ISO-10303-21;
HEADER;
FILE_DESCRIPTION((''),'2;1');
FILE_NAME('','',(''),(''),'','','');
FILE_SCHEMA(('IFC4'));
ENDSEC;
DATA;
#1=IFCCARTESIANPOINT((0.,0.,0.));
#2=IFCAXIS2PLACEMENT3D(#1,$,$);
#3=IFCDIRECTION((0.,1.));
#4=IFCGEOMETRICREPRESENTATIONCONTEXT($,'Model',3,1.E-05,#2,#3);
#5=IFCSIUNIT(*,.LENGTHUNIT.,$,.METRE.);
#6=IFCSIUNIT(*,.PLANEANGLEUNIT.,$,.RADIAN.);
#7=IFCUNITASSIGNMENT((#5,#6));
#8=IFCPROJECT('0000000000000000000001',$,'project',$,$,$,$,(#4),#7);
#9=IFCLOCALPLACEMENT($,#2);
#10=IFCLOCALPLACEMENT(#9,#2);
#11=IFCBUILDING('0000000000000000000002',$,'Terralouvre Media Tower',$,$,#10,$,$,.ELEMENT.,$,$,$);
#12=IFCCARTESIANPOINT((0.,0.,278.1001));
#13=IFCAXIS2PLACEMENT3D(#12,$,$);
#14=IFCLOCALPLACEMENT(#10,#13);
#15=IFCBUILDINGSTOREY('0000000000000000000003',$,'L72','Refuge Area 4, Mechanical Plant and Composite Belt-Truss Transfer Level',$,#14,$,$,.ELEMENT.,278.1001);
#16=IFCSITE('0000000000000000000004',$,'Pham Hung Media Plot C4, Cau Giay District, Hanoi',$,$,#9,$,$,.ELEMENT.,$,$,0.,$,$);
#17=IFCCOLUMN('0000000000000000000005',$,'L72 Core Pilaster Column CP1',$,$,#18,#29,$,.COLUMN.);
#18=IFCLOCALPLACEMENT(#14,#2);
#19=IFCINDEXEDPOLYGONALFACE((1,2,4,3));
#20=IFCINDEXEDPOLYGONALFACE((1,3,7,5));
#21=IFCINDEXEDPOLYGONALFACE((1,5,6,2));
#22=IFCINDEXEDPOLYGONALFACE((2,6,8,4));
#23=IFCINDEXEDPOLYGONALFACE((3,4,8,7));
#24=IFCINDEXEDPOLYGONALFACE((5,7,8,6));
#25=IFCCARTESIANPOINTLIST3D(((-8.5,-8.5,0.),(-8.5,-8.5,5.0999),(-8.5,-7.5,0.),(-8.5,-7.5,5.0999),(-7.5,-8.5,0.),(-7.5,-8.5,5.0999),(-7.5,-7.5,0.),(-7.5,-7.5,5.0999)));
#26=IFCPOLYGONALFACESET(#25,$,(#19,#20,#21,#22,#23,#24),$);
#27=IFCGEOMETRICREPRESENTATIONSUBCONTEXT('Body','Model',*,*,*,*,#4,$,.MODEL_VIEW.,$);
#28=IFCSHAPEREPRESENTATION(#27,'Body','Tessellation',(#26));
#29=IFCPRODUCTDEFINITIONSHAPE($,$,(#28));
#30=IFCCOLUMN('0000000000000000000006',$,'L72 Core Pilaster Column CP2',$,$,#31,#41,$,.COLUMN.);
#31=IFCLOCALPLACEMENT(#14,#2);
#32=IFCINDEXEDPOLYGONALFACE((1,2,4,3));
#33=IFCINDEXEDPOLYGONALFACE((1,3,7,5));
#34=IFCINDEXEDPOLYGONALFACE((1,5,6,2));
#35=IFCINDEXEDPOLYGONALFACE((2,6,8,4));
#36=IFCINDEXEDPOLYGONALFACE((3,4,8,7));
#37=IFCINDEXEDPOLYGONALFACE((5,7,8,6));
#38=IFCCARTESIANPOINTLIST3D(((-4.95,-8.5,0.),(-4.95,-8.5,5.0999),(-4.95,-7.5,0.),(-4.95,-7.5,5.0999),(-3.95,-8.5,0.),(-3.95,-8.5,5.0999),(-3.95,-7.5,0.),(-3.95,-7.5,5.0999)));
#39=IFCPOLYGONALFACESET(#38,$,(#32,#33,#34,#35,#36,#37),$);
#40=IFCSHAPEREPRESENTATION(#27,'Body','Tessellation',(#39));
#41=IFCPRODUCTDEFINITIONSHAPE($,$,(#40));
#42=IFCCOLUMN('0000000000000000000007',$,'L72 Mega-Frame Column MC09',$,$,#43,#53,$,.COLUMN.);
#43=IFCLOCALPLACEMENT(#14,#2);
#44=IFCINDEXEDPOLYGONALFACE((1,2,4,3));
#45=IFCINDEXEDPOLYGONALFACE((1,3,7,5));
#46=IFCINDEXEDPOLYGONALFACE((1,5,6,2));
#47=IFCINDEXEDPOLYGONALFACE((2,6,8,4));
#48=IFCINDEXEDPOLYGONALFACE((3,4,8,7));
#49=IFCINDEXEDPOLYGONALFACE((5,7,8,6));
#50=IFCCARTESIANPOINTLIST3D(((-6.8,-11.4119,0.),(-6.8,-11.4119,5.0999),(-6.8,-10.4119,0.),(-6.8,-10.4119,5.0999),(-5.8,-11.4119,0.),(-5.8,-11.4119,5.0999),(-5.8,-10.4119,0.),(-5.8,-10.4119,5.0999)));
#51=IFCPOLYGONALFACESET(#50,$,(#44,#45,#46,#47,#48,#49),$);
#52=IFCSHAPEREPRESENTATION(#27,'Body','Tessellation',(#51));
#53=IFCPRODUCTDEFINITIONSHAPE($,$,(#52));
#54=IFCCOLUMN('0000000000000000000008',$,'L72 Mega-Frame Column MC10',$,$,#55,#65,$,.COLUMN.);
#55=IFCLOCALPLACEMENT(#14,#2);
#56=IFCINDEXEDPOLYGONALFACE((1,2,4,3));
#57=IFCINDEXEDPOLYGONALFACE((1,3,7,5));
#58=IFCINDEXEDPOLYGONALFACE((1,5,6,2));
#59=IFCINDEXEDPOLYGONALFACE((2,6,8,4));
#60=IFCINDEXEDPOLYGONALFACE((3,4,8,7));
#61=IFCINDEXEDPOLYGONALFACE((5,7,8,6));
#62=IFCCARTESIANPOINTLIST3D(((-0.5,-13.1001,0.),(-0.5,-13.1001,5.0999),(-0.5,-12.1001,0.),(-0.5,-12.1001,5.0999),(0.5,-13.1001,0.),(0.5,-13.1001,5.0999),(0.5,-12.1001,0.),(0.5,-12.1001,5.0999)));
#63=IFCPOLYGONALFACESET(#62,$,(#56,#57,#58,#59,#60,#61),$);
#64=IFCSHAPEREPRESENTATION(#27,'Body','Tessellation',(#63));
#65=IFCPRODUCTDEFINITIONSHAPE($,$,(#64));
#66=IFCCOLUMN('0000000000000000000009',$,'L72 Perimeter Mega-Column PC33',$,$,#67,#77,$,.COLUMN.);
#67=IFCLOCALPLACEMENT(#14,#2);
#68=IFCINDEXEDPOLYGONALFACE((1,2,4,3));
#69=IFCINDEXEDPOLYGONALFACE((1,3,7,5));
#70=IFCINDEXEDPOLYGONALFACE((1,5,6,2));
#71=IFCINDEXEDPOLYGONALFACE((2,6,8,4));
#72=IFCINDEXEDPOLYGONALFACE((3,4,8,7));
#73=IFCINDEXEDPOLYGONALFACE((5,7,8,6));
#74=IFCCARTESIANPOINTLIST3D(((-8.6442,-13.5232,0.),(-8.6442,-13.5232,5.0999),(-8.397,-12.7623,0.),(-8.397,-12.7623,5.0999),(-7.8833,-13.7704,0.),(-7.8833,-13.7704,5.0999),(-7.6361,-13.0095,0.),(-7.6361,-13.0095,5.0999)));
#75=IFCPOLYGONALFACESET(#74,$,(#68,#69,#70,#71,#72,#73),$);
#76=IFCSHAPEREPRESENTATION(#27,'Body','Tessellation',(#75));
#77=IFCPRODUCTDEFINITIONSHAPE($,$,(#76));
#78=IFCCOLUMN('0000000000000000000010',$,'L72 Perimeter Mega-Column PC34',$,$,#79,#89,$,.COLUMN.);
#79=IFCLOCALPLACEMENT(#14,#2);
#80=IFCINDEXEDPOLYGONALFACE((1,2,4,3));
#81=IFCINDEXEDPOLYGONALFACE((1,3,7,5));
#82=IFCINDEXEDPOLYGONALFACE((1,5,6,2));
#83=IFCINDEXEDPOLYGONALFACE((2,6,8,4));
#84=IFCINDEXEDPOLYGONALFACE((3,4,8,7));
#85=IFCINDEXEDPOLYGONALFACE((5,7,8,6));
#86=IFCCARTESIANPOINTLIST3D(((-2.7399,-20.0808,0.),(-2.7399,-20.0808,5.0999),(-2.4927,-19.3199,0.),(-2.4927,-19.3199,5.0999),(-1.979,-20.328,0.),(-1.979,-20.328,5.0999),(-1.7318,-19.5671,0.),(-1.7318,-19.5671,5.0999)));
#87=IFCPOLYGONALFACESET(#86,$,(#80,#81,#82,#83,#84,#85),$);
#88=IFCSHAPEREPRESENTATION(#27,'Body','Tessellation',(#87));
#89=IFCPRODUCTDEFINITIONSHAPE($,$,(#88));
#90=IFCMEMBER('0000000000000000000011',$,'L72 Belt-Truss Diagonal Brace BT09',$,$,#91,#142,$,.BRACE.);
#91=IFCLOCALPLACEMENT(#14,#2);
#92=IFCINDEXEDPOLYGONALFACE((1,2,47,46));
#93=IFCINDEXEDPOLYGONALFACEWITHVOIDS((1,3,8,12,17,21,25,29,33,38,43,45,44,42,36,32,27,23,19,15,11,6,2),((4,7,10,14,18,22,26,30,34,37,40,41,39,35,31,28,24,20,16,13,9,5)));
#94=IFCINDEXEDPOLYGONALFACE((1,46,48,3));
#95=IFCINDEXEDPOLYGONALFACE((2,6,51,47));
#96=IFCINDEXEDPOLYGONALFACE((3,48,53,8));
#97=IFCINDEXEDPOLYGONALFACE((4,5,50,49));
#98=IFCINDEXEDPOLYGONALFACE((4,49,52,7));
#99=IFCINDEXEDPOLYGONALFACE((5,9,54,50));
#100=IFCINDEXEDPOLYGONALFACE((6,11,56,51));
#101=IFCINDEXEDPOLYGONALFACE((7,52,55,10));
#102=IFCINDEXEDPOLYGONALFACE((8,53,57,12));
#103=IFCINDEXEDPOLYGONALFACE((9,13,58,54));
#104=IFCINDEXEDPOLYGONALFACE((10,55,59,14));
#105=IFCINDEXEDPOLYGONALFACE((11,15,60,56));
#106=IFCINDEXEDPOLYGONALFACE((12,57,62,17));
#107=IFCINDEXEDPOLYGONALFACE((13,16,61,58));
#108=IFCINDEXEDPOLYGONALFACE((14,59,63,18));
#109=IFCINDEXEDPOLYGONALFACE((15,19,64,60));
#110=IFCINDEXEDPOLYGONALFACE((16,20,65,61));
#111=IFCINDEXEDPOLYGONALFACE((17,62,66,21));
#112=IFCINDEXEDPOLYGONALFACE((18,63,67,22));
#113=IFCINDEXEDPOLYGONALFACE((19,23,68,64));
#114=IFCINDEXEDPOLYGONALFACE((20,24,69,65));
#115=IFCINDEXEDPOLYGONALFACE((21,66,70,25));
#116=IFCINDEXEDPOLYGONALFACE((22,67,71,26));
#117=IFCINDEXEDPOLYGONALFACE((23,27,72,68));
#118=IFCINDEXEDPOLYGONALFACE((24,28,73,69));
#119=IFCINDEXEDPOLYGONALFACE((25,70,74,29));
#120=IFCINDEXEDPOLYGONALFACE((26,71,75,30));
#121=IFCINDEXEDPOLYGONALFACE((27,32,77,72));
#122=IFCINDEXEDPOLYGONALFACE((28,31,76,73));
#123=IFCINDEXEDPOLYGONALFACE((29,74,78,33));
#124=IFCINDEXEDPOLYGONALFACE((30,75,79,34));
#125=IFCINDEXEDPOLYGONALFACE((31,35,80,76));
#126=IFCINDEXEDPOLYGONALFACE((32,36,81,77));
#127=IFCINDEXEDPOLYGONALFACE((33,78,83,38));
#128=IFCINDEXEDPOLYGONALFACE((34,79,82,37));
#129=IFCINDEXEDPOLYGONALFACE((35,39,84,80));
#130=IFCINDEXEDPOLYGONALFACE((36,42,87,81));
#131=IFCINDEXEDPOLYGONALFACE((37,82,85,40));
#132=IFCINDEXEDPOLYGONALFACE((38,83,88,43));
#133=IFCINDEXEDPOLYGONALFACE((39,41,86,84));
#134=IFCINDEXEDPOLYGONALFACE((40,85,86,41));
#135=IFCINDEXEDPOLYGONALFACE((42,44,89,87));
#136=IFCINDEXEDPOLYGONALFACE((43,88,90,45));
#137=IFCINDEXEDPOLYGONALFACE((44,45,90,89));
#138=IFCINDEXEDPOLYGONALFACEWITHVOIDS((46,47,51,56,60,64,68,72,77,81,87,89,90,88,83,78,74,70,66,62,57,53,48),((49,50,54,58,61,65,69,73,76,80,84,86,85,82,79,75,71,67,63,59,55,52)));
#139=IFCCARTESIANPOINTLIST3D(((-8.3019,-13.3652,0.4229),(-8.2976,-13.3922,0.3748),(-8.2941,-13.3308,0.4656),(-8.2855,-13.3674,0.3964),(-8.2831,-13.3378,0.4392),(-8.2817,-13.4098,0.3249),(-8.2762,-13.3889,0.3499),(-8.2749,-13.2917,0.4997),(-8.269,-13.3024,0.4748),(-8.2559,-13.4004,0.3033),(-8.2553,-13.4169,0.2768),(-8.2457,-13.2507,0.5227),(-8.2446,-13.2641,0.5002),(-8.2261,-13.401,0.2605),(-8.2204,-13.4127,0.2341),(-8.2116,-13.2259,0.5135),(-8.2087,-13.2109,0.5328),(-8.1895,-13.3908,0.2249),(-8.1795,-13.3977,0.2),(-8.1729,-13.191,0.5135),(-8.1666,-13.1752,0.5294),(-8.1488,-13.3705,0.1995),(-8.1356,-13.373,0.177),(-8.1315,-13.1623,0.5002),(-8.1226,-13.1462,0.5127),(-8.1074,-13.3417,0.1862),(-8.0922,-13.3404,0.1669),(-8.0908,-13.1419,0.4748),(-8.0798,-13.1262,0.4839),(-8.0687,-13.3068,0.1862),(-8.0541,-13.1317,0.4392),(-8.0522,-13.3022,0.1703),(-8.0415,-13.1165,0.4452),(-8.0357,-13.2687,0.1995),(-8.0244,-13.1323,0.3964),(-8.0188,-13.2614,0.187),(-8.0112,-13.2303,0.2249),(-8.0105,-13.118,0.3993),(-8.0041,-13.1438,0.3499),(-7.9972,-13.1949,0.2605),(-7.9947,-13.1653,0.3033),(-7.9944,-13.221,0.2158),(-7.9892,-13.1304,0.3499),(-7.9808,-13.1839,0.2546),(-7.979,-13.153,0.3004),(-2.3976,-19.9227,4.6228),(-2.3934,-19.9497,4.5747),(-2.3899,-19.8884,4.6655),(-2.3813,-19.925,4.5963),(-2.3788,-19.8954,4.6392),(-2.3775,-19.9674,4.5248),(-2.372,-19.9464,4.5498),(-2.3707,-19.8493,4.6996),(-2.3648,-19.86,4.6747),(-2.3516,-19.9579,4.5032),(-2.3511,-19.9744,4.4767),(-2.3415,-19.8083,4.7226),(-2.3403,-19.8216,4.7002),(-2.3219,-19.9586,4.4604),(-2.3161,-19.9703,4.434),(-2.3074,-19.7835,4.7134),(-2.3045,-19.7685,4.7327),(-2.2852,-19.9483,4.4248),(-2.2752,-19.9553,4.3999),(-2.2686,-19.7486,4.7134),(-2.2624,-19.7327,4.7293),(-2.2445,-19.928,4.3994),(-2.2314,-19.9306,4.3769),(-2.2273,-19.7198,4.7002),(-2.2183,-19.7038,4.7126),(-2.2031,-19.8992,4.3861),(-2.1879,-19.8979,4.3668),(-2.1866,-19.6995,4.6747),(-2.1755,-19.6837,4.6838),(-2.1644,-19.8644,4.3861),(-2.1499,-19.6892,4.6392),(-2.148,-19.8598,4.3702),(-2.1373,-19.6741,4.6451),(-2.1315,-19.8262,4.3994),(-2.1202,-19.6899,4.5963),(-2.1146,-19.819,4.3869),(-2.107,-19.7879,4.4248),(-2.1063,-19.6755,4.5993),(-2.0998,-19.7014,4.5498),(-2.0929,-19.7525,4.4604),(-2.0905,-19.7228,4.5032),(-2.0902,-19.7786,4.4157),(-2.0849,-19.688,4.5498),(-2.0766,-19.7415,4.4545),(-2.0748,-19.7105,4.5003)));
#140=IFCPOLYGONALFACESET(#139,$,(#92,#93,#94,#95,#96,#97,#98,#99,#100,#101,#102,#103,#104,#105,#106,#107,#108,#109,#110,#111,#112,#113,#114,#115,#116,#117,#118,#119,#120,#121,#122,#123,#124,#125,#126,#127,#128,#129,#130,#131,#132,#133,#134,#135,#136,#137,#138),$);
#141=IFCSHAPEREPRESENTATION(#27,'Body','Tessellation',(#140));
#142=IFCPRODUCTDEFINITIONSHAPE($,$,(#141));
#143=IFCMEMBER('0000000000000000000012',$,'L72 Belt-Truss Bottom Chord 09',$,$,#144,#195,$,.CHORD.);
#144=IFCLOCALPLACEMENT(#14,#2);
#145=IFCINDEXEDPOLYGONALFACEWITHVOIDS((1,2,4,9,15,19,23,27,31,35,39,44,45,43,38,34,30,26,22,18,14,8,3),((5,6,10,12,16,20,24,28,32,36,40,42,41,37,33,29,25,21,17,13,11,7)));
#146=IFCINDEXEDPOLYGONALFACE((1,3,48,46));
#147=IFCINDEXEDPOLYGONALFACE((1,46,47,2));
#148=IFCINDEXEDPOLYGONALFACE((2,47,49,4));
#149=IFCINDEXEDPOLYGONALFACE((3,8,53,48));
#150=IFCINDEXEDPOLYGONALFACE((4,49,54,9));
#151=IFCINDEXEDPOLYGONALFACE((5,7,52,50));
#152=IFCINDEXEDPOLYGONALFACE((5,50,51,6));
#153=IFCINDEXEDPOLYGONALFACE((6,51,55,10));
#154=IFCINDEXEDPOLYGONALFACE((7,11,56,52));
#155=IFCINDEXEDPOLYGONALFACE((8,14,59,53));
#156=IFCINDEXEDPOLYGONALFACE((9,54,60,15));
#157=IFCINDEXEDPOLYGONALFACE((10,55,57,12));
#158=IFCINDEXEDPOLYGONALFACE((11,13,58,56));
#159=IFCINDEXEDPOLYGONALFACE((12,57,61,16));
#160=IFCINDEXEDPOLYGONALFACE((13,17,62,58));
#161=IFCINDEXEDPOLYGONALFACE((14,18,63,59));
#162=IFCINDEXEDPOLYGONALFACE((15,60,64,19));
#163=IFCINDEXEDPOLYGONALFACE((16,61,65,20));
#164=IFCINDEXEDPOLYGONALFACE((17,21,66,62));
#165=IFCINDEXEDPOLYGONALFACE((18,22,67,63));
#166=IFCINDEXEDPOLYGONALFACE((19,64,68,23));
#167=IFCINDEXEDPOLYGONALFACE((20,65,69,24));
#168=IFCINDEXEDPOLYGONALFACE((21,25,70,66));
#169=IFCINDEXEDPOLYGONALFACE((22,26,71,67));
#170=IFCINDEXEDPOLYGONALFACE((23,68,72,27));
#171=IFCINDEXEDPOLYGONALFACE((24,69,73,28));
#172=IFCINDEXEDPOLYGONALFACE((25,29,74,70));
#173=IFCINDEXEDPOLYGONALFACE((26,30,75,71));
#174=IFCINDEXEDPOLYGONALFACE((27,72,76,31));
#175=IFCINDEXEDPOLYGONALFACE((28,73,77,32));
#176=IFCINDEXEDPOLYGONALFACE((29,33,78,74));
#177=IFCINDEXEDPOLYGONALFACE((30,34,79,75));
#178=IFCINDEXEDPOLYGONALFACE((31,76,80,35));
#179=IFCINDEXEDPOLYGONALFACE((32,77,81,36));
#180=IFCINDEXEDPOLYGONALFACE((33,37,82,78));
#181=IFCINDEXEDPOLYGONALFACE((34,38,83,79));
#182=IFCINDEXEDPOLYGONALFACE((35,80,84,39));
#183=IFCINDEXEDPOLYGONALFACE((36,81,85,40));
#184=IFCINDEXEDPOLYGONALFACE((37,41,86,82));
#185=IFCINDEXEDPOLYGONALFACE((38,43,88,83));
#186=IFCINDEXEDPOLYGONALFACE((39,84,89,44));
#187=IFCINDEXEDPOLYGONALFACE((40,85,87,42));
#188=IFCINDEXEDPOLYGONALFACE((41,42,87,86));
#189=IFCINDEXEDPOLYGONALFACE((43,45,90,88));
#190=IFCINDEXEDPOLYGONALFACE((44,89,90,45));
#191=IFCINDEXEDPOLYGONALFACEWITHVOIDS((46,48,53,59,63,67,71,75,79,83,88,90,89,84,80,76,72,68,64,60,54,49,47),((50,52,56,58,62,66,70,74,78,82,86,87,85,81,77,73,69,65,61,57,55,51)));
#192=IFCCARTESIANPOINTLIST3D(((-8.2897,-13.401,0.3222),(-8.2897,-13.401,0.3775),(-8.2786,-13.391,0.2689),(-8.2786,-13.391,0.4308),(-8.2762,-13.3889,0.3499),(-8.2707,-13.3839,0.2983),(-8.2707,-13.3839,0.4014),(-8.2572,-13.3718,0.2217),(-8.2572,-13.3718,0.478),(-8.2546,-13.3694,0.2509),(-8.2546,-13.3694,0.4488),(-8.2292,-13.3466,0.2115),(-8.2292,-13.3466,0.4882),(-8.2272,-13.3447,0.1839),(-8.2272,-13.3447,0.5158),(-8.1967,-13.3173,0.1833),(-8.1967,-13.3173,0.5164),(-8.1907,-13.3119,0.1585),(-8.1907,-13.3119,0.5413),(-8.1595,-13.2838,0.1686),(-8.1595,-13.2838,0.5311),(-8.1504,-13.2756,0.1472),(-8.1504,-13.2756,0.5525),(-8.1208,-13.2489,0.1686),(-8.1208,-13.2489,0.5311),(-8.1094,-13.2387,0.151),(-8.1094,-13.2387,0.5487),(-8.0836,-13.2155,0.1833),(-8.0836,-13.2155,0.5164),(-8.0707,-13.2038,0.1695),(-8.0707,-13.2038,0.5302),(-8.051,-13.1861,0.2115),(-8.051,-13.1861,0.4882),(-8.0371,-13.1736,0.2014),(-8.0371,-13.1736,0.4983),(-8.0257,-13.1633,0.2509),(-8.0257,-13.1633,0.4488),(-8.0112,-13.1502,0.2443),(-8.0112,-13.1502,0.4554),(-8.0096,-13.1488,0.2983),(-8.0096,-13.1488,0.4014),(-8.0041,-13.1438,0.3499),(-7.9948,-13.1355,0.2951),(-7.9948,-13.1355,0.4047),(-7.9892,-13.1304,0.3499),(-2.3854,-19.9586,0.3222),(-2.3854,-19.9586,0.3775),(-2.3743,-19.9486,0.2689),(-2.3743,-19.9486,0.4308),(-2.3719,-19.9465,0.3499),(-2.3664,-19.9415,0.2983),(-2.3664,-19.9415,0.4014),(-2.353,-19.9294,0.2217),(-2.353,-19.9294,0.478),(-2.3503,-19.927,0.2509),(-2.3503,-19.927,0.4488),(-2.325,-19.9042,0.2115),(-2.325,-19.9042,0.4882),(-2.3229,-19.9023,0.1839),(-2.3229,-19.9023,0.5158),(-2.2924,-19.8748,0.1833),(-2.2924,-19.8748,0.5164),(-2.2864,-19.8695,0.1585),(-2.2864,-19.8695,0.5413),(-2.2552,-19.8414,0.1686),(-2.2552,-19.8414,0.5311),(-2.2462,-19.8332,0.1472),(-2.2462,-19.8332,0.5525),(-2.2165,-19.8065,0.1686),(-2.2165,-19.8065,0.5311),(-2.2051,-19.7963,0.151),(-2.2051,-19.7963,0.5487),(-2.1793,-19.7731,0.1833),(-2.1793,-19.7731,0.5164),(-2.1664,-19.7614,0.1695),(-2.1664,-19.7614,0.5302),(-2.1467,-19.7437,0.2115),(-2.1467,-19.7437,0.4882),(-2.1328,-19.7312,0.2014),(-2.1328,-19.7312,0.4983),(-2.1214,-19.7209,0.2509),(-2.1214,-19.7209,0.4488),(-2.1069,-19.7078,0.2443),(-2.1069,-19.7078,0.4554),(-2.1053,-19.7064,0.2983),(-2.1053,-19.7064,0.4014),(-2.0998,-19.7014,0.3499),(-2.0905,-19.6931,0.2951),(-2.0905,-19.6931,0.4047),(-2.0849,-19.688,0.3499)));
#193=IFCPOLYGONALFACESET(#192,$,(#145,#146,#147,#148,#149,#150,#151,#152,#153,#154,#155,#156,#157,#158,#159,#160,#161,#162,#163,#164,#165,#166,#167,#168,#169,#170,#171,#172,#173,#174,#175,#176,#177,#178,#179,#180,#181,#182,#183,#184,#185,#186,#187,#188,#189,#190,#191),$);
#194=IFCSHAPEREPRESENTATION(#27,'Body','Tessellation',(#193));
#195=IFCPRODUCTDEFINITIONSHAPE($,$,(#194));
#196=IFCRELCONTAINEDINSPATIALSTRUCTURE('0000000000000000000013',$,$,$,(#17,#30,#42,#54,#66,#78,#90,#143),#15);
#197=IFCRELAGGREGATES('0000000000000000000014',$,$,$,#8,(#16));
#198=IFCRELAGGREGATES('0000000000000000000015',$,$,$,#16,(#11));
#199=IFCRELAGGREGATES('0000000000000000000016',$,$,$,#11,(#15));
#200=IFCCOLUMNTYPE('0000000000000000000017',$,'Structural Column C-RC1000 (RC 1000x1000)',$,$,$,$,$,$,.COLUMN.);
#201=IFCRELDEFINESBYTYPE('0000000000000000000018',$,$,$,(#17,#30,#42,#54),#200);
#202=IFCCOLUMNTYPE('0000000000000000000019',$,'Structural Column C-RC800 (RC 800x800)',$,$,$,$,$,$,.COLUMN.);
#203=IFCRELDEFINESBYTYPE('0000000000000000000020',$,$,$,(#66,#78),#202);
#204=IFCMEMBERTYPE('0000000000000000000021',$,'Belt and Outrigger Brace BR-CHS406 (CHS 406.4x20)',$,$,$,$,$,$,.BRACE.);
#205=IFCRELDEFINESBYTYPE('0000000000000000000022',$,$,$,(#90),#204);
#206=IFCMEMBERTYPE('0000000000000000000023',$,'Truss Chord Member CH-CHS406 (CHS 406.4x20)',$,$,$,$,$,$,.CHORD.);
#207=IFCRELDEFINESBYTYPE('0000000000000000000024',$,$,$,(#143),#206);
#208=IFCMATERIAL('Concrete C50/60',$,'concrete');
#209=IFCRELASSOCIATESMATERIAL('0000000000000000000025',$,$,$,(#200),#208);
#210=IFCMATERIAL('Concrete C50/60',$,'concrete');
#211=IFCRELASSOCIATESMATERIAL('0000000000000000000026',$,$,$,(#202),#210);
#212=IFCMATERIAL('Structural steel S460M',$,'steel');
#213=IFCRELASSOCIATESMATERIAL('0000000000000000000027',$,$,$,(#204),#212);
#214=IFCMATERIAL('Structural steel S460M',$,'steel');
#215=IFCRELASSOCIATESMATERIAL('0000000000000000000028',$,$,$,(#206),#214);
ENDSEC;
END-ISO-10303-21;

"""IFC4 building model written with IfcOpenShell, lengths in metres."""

from ifc_helpers import new_model, si_unit, direction, frame, origin, origin_2d, place, context, subcontext, project, spatial, rectangle, hollow_circle, extrude, material, material_profile, profile_set, type_object, element, save


model = new_model("IFC4")

# Units and contexts
model_context = context("Model", 3, precision=1e-05, world=origin(), true_north=direction((0.0, 1.0)))
body_context = subcontext(model_context, "Body", "Model", "MODEL_VIEW")
ifc_project = project(units=[si_unit("LENGTHUNIT", "METRE"), si_unit("PLANEANGLEUNIT", "RADIAN")], contexts=[model_context])

# Site, building, storey
site_placement = place(None, origin())
site = spatial("IfcSite", under=ifc_project, at=site_placement, Name="Pham Hung Media Plot C4, Cau Giay District, Hanoi", CompositionType="ELEMENT", RefElevation=0.0)
building_placement = place(site_placement, origin())
building = spatial("IfcBuilding", under=site, at=building_placement, Name="Terralouvre Media Tower", CompositionType="ELEMENT")
storey_placement = place(building_placement, frame((0.0, 0.0, 278.1001)))
storey = spatial("IfcBuildingStorey", under=building, at=storey_placement, Name="L72", Description="Refuge Area 4, Mechanical Plant and Composite Belt-Truss Transfer Level", CompositionType="ELEMENT", Elevation=278.1001)

# Columns
ifc_material_1 = material(Name="Concrete C50/60", Category="concrete")
ifc_material_profile_1 = material_profile(ifc_material_1, rectangle(XDim=1.0, YDim=1.0, at=origin_2d()), Name="RC 1000x1000")
ifc_profile_set_1 = profile_set([ifc_material_profile_1], Name="Concrete C50/60")
column_type_1 = type_object("IfcColumnType", Name="Structural Column C-RC1000 (RC 1000x1000)", PredefinedType="COLUMN", material=ifc_profile_set_1)
for number, where, z_axis, x_axis, name in (
    (1, (-8.0, -8.0, 0.0), (0.0, 0.0, 1.0), (1.0, 0.0, 0.0), "L72 Core Pilaster Column CP1"),
    (2, (-4.45, -8.0, 0.0), (0.0, 0.0, 1.0), (1.0, 0.0, 0.0), "L72 Core Pilaster Column CP2"),
    (3, (-6.3, -10.9119, 0.0), (0.0, 0.0, 1.0), (1.0, 0.0, 0.0), "L72 Mega-Frame Column MC09"),
    (4, (0.0, -12.6001, 0.0), (0.0, 0.0, 1.0), (1.0, 0.0, 0.0), "L72 Mega-Frame Column MC10"),
):
    element("IfcColumn", number, at=place(storey_placement, frame(where, z_axis=z_axis, x_axis=x_axis)), inside=storey, type_object=column_type_1, Name=name, PredefinedType="COLUMN", context=body_context, shape_type="SweptSolid", body=[
        extrude(rectangle(XDim=1.0, YDim=1.0, at=origin_2d()), origin(), (0.0, 0.0, 1.0), 5.0999),
    ])
ifc_material_2 = material(Name="Concrete C50/60", Category="concrete")
ifc_material_profile_2 = material_profile(ifc_material_2, rectangle(XDim=0.8, YDim=0.8, at=origin_2d()), Name="RC 800x800")
ifc_profile_set_2 = profile_set([ifc_material_profile_2], Name="Concrete C50/60")
column_type_2 = type_object("IfcColumnType", Name="Structural Column C-RC800 (RC 800x800)", PredefinedType="COLUMN", material=ifc_profile_set_2)
for number, where, z_axis, x_axis, name in (
    (5, (-8.1401, -13.2664, 0.0), (0.0, 0.0, 1.0), (0.309017, 0.951057, 0.0), "L72 Perimeter Mega-Column PC33"),
    (6, (-2.2358, -19.824, 0.0), (0.0, 0.0, 1.0), (0.309017, 0.951057, 0.0), "L72 Perimeter Mega-Column PC34"),
):
    element("IfcColumn", number, at=place(storey_placement, frame(where, z_axis=z_axis, x_axis=x_axis)), inside=storey, type_object=column_type_2, Name=name, PredefinedType="COLUMN", context=body_context, shape_type="SweptSolid", body=[
        extrude(rectangle(XDim=0.8, YDim=0.8, at=origin_2d()), origin(), (0.0, 0.0, 1.0), 5.0999),
    ])

# Members
ifc_material_3 = material(Name="Structural steel S460M", Category="steel")
ifc_material_profile_3 = material_profile(ifc_material_3, hollow_circle(Radius=0.2031, WallThickness=0.02, at=origin_2d()), Name="CHS 406.4x20")
ifc_profile_set_3 = profile_set([ifc_material_profile_3], Name="Structural steel S460M")
member_type_1 = type_object("IfcMemberType", Name="Belt and Outrigger Brace BR-CHS406 (CHS 406.4x20)", PredefinedType="BRACE", material=ifc_profile_set_3)
member_1_placement = place(storey_placement, frame((-8.1401, -13.2664, 0.3499), z_axis=(0.604172, -0.671024, 0.42977), x_axis=(0.743157, 0.669118, 0.0)))
element("IfcMember", 7, at=member_1_placement, inside=storey, type_object=member_type_1, Name="L72 Belt-Truss Diagonal Brace BT09", PredefinedType="BRACE", context=body_context, shape_type="SweptSolid", body=[
    extrude(hollow_circle(Radius=0.2031, WallThickness=0.02, at=origin_2d()), origin(), (0.0, 0.0, 1.0), 9.7725),
])
ifc_material_4 = material(Name="Structural steel S460M", Category="steel")
ifc_material_profile_4 = material_profile(ifc_material_4, hollow_circle(Radius=0.2031, WallThickness=0.02, at=origin_2d()), Name="CHS 406.4x20")
ifc_profile_set_4 = profile_set([ifc_material_profile_4], Name="Structural steel S460M")
member_type_2 = type_object("IfcMemberType", Name="Truss Chord Member CH-CHS406 (CHS 406.4x20)", PredefinedType="CHORD", material=ifc_profile_set_4)
member_2_placement = place(storey_placement, frame((-8.1401, -13.2664, 0.3499), z_axis=(0.669118, -0.743157, 0.0), x_axis=(0.743157, 0.669118, 0.0)))
element("IfcMember", 8, at=member_2_placement, inside=storey, type_object=member_type_2, Name="L72 Belt-Truss Bottom Chord 09", PredefinedType="CHORD", context=body_context, shape_type="SweptSolid", body=[
    extrude(hollow_circle(Radius=0.2031, WallThickness=0.02, at=origin_2d()), origin(), (0.0, 0.0, 1.0), 8.824),
])

save(model, "model.ifc")
